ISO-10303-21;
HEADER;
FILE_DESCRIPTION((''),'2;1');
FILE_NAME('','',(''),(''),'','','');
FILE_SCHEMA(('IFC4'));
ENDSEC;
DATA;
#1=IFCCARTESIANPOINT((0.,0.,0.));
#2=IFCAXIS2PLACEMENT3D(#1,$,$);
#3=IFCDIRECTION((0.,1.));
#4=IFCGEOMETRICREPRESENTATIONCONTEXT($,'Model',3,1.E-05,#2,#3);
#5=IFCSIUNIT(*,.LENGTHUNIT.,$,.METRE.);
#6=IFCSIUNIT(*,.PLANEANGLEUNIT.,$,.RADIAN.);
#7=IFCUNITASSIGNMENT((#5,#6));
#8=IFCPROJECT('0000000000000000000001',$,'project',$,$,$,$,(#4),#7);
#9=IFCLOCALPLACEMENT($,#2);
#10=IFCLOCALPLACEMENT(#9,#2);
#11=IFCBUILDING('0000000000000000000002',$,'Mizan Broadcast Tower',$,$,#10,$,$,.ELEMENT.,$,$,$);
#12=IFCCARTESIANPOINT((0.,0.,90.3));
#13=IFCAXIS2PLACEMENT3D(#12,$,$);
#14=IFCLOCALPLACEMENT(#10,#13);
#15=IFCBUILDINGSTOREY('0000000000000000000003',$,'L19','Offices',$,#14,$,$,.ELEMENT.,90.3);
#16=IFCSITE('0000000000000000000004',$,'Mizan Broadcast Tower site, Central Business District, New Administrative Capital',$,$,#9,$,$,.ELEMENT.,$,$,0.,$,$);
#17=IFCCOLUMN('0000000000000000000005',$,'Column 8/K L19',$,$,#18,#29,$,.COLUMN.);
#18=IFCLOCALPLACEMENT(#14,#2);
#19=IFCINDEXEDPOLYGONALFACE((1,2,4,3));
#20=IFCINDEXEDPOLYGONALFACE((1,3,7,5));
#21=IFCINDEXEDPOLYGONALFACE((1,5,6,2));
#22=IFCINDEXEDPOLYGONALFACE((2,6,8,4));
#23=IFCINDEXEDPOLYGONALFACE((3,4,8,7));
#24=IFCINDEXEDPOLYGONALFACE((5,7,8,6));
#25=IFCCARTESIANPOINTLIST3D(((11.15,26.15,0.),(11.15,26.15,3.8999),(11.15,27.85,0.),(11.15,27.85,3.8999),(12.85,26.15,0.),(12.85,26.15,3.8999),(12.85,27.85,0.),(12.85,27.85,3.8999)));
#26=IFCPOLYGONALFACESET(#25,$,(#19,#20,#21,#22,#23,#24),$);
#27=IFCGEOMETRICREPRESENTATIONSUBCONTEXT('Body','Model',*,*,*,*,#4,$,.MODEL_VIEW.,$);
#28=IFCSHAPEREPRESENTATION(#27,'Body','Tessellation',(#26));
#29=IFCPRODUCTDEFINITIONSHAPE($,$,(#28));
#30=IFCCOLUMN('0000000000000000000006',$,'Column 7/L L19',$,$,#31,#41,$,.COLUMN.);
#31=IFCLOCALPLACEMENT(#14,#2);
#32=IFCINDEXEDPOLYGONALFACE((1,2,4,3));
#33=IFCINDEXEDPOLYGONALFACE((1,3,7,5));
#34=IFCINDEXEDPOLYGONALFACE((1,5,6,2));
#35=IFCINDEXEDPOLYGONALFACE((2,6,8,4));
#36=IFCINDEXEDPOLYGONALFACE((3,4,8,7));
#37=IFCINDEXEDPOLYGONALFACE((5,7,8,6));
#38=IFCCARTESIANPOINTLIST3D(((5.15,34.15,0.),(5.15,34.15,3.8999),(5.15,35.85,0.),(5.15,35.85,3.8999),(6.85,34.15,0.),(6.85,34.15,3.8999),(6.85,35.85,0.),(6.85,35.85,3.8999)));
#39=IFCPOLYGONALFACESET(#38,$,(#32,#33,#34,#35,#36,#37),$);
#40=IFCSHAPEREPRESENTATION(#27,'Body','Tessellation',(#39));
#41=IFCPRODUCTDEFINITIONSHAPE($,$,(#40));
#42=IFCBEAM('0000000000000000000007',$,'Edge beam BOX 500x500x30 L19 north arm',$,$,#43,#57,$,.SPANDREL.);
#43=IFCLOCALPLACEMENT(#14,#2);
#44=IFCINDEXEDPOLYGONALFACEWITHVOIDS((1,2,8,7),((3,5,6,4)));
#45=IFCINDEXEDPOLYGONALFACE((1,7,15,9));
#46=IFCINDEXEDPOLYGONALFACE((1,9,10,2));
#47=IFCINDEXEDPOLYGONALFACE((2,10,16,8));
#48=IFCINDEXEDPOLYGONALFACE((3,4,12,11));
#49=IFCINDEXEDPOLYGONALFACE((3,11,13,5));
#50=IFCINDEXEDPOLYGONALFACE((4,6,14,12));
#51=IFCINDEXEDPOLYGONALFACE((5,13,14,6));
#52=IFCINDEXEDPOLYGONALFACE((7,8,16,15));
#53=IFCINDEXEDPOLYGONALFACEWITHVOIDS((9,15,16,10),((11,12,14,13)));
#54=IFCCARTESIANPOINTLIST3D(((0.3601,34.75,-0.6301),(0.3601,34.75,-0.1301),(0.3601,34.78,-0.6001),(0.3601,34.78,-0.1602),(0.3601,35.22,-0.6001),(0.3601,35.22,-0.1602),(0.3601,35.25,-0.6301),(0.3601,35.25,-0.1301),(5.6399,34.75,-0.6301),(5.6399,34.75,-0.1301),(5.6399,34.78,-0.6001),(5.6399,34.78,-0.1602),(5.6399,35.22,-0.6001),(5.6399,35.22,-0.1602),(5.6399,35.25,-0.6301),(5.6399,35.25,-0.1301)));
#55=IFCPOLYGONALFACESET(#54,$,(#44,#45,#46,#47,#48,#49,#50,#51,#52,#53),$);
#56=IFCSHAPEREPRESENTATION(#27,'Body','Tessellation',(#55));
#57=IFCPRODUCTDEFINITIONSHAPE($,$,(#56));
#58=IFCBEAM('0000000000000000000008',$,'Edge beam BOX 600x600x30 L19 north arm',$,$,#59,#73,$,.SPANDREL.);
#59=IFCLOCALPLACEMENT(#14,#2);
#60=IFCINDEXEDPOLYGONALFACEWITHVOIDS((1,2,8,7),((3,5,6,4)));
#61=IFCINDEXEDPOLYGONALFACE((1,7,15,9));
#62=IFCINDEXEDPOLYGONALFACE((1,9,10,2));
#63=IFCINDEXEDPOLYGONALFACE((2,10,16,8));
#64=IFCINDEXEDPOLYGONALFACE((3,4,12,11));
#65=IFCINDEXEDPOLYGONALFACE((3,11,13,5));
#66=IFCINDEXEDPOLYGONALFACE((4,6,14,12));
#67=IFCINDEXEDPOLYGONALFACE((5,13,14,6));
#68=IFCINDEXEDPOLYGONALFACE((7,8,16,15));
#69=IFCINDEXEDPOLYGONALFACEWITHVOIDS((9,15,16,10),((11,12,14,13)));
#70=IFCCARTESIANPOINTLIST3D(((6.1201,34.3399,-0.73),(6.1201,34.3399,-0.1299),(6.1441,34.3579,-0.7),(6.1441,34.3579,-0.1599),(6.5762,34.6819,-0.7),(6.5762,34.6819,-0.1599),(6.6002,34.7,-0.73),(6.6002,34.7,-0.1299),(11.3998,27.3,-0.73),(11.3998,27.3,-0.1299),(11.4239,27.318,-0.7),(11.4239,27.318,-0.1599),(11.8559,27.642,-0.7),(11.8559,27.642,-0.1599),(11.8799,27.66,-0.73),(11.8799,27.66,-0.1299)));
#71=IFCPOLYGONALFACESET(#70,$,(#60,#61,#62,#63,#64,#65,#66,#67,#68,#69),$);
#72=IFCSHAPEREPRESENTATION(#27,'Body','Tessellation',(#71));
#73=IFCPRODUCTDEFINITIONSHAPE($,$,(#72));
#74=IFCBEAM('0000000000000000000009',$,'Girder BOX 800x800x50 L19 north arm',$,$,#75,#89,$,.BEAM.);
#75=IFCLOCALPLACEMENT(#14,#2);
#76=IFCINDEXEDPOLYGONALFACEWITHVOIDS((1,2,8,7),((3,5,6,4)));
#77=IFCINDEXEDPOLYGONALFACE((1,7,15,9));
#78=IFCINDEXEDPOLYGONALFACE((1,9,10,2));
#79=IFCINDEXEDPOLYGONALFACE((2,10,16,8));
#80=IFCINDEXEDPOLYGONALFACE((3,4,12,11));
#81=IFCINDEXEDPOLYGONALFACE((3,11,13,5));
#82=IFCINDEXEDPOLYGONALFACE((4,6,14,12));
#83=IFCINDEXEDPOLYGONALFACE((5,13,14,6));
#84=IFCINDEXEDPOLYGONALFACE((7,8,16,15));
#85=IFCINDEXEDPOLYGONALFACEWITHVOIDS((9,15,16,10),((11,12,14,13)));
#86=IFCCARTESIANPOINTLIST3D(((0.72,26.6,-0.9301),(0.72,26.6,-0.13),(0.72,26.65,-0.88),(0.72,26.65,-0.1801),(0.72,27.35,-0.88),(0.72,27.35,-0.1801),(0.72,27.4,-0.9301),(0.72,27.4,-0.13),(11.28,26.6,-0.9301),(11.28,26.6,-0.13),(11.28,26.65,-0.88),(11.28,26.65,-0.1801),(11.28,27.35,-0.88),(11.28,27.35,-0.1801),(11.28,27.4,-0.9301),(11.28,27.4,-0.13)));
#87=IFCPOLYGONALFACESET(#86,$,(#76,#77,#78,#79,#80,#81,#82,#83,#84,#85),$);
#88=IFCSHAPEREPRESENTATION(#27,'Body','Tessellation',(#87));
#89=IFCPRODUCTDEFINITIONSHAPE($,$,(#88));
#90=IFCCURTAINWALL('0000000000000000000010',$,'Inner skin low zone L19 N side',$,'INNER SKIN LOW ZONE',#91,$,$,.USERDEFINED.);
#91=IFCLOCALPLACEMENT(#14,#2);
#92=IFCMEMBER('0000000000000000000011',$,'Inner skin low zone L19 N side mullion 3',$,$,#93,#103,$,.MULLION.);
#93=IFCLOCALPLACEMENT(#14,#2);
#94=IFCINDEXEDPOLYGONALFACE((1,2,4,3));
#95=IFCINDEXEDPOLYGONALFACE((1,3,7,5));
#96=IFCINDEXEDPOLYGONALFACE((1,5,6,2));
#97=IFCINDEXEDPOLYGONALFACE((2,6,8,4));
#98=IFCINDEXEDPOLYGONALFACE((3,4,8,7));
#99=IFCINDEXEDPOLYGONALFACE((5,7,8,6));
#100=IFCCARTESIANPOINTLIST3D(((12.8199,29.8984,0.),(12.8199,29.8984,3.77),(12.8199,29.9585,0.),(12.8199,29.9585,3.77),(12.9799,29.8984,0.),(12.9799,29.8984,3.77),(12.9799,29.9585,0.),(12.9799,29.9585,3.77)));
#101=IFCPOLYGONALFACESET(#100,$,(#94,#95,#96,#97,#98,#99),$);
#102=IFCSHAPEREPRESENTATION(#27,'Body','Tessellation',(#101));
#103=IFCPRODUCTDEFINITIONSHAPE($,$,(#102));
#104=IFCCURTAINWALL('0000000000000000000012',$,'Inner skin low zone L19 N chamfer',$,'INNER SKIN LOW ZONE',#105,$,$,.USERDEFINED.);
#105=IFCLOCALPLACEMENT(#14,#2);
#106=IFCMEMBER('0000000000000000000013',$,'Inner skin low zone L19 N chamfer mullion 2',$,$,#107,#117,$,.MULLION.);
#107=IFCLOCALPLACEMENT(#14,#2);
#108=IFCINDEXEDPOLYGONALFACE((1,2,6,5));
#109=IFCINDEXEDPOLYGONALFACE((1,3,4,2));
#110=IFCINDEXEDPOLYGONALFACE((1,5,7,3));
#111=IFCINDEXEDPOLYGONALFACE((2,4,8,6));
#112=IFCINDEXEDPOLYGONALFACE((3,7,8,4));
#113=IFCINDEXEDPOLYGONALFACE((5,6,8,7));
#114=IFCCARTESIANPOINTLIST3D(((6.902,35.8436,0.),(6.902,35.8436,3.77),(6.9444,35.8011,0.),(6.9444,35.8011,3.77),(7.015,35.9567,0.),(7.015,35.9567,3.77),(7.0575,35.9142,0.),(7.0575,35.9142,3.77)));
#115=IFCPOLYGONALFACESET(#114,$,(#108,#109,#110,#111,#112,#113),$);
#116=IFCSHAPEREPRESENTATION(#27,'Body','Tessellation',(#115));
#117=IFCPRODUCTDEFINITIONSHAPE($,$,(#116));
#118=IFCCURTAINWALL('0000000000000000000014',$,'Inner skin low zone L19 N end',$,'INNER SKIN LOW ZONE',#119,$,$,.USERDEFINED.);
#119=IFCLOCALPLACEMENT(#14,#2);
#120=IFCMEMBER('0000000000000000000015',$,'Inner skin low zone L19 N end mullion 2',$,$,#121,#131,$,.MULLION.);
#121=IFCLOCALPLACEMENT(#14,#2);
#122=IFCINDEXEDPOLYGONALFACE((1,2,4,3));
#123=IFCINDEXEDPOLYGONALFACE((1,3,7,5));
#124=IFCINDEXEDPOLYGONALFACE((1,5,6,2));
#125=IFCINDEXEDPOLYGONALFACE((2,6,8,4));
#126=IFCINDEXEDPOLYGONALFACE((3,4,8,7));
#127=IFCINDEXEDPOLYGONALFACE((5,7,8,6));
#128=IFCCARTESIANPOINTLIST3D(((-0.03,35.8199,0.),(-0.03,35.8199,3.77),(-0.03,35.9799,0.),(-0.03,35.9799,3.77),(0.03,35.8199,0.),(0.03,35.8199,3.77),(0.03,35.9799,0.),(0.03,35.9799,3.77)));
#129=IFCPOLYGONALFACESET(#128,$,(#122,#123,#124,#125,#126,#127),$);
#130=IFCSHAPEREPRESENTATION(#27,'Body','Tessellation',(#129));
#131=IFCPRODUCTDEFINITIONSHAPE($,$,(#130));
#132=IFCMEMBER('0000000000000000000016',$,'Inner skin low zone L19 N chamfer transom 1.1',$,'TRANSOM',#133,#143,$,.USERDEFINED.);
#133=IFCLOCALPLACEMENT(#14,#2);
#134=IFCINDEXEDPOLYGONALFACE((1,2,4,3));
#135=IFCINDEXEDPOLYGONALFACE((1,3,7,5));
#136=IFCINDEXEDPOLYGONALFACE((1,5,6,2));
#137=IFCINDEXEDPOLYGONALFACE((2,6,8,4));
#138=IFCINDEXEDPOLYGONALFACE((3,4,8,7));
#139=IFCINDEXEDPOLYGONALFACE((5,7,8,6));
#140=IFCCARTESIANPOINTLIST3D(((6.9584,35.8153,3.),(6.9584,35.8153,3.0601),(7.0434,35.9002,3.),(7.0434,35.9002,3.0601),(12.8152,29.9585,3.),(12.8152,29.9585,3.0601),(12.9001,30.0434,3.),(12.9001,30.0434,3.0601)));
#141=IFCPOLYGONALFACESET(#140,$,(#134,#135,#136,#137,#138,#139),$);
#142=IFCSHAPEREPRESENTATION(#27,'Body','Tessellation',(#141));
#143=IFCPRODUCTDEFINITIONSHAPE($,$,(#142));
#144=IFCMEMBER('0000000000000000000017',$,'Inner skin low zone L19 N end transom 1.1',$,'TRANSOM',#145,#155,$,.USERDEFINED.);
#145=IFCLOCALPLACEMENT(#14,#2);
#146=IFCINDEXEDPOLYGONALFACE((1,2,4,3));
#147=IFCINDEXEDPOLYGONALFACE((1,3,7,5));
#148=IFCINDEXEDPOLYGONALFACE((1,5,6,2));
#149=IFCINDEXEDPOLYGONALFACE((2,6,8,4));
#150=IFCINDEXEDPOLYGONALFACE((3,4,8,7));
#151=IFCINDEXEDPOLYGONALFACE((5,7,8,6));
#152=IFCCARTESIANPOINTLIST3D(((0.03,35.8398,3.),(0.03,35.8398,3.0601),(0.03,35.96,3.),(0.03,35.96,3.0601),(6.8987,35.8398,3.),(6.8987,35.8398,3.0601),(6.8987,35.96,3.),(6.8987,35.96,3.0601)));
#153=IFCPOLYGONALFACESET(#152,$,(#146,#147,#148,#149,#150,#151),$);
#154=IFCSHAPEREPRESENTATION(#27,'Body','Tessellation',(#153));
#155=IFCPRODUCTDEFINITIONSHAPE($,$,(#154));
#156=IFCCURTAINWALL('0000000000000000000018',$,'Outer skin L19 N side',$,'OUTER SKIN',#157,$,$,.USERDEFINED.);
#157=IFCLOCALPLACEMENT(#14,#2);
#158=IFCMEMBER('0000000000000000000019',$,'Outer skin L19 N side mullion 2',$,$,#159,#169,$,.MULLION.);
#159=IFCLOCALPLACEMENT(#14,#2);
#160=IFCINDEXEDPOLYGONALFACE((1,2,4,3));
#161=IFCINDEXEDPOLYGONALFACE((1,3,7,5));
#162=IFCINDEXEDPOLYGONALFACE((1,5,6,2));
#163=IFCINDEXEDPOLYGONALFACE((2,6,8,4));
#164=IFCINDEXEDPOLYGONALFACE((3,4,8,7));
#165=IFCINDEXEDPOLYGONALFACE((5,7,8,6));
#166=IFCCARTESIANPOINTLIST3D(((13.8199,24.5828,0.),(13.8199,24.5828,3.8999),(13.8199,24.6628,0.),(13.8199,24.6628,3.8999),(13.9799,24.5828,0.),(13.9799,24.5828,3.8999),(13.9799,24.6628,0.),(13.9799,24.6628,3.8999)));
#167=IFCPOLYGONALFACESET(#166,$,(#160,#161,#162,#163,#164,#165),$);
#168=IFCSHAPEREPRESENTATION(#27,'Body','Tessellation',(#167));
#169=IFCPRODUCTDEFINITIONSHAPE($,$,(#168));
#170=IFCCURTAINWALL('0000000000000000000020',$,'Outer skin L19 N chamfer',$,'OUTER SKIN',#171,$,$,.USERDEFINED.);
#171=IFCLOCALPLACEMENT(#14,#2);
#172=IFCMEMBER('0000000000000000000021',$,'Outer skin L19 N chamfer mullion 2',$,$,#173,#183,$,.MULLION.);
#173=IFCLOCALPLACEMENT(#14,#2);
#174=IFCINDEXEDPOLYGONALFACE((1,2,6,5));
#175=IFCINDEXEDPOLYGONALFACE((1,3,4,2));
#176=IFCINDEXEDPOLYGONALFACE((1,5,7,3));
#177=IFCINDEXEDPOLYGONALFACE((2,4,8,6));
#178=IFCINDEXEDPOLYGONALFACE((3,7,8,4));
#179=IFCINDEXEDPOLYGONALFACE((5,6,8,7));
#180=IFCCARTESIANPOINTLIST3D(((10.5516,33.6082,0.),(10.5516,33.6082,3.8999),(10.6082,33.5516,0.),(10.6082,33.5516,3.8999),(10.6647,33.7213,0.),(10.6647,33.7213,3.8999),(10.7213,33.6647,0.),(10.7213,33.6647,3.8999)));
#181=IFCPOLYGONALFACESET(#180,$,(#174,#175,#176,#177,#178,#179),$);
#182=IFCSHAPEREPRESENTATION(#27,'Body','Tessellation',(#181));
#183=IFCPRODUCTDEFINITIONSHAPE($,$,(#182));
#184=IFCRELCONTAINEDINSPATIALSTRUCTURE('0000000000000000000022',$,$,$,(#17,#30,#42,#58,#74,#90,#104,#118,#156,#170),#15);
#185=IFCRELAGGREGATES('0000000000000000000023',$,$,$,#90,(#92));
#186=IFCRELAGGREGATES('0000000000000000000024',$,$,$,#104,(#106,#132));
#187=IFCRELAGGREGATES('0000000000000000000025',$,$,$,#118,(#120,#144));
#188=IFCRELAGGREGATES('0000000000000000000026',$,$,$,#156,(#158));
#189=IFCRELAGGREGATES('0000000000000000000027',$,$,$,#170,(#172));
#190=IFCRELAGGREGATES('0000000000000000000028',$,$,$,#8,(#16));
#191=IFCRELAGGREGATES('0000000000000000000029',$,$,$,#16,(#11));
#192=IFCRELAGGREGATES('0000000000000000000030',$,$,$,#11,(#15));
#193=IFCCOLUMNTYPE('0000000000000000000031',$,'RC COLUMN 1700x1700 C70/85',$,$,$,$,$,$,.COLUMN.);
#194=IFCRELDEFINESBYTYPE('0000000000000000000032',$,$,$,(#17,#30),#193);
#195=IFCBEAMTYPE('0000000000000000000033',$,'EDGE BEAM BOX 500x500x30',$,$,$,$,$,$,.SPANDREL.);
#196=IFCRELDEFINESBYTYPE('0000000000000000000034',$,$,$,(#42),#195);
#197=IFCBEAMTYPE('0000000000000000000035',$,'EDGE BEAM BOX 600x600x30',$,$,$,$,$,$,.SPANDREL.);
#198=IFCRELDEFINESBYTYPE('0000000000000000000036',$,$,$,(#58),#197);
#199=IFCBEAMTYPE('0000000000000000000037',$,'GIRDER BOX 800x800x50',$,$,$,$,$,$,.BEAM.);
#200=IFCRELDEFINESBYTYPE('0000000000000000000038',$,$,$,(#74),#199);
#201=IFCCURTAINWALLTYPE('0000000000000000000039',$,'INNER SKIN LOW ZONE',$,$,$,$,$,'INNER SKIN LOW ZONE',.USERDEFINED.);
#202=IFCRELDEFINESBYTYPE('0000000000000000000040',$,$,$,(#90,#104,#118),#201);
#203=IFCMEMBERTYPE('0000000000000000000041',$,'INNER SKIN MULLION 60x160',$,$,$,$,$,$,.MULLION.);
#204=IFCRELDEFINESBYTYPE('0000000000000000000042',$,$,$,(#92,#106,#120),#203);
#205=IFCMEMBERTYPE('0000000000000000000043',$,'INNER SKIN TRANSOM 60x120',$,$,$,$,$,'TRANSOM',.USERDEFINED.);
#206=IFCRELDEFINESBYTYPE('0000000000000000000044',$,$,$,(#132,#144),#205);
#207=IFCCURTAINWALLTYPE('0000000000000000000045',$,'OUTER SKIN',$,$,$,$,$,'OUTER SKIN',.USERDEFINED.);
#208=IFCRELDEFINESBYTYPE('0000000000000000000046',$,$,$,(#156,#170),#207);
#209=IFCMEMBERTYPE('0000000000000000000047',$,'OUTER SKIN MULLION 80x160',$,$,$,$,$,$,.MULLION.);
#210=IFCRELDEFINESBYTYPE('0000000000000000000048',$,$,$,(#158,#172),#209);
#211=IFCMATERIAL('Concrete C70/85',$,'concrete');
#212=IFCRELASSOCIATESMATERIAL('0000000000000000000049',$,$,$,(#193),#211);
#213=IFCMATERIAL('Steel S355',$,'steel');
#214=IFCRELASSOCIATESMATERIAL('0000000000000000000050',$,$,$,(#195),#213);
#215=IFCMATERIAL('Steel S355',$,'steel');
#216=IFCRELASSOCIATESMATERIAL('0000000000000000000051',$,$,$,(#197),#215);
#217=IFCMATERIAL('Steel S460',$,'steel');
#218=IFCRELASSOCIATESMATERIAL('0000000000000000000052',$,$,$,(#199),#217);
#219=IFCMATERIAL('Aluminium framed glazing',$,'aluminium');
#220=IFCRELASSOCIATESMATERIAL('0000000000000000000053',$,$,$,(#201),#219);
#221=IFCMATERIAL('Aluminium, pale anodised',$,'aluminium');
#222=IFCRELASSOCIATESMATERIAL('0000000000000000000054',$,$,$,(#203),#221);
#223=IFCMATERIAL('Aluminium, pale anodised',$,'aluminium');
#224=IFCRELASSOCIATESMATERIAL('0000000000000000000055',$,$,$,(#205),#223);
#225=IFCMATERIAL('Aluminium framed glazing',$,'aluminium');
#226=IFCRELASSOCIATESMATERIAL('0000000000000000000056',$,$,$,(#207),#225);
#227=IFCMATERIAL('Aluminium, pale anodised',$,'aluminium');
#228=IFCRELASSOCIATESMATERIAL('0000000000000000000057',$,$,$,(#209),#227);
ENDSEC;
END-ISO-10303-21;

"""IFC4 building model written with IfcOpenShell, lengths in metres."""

from ifc_helpers import new_model, si_unit, direction, frame, origin, origin_2d, place, context, subcontext, project, spatial, rectangle, hollow_rectangle, extrude, material, material_profile, profile_set, type_object, element, aggregate, save


model = new_model("IFC4")

# Units and contexts
model_context = context("Model", 3, precision=1e-05, world=origin(), true_north=direction((0.0, 1.0)))
body_context = subcontext(model_context, "Body", "Model", "MODEL_VIEW")
ifc_project = project(units=[si_unit("LENGTHUNIT", "METRE"), si_unit("PLANEANGLEUNIT", "RADIAN")], contexts=[model_context])

# Site, building, storey
site_placement = place(None, origin())
site = spatial("IfcSite", under=ifc_project, at=site_placement, Name="Mizan Broadcast Tower site, Central Business District, New Administrative Capital", CompositionType="ELEMENT", RefElevation=0.0)
building_placement = place(site_placement, origin())
building = spatial("IfcBuilding", under=site, at=building_placement, Name="Mizan Broadcast Tower", CompositionType="ELEMENT")
storey_placement = place(building_placement, frame((0.0, 0.0, 90.3)))
storey = spatial("IfcBuildingStorey", under=building, at=storey_placement, Name="L19", Description="Offices", CompositionType="ELEMENT", Elevation=90.3)

# Columns
ifc_material_1 = material(Name="Concrete C70/85", Category="concrete")
ifc_material_profile_1 = material_profile(ifc_material_1, rectangle(XDim=1.7, YDim=1.7, at=origin_2d()), Name="RC 1700x1700")
ifc_profile_set_1 = profile_set([ifc_material_profile_1], Name="Concrete C70/85")
column_type = type_object("IfcColumnType", Name="RC COLUMN 1700x1700 C70/85", PredefinedType="COLUMN", material=ifc_profile_set_1)
for number, where, z_axis, x_axis, name in (
    (1, (12.0, 27.0, 0.0), (0.0, 0.0, 1.0), (1.0, 0.0, 0.0), "Column 8/K L19"),
    (2, (6.0, 35.0, 0.0), (0.0, 0.0, 1.0), (1.0, 0.0, 0.0), "Column 7/L L19"),
):
    element("IfcColumn", number, at=place(storey_placement, frame(where, z_axis=z_axis, x_axis=x_axis)), inside=storey, type_object=column_type, Name=name, PredefinedType="COLUMN", context=body_context, shape_type="SweptSolid", body=[
        extrude(rectangle(XDim=1.7, YDim=1.7, at=origin_2d()), origin(), (0.0, 0.0, 1.0), 3.8999),
    ])

# Beams
ifc_material_2 = material(Name="Steel S355", Category="steel")
ifc_material_profile_2 = material_profile(ifc_material_2, hollow_rectangle(XDim=0.5, YDim=0.5, WallThickness=0.03, at=origin_2d()), Name="BOX 500x500x30")
ifc_profile_set_2 = profile_set([ifc_material_profile_2], Name="Steel S355")
beam_type_1 = type_object("IfcBeamType", Name="EDGE BEAM BOX 500x500x30", PredefinedType="SPANDREL", material=ifc_profile_set_2)
beam_1_placement = place(storey_placement, frame((5.6399, 35.0, -0.3801), z_axis=(-1.0, 0.0, 0.0), x_axis=(0.0, -1.0, 0.0)))
element("IfcBeam", 3, at=beam_1_placement, inside=storey, type_object=beam_type_1, Name="Edge beam BOX 500x500x30 L19 north arm", PredefinedType="SPANDREL", context=body_context, shape_type="SweptSolid", body=[
    extrude(hollow_rectangle(XDim=0.5, YDim=0.5, WallThickness=0.03, at=origin_2d()), origin(), (0.0, 0.0, 1.0), 5.2798),
])
ifc_material_3 = material(Name="Steel S355", Category="steel")
ifc_material_profile_3 = material_profile(ifc_material_3, hollow_rectangle(XDim=0.6001, YDim=0.6001, WallThickness=0.03, at=origin_2d()), Name="BOX 600x600x30")
ifc_profile_set_3 = profile_set([ifc_material_profile_3], Name="Steel S355")
beam_type_2 = type_object("IfcBeamType", Name="EDGE BEAM BOX 600x600x30", PredefinedType="SPANDREL", material=ifc_profile_set_3)
beam_2_placement = place(storey_placement, frame((11.6399, 27.48, -0.4299), z_axis=(-0.599982, 0.800013, 0.0), x_axis=(-0.800013, -0.599982, 0.0)))
element("IfcBeam", 4, at=beam_2_placement, inside=storey, type_object=beam_type_2, Name="Edge beam BOX 600x600x30 L19 north arm", PredefinedType="SPANDREL", context=body_context, shape_type="SweptSolid", body=[
    extrude(hollow_rectangle(XDim=0.6001, YDim=0.6001, WallThickness=0.03, at=origin_2d()), origin(), (0.0, 0.0, 1.0), 8.7998),
])
ifc_material_4 = material(Name="Steel S460", Category="steel")
ifc_material_profile_4 = material_profile(ifc_material_4, hollow_rectangle(XDim=0.8, YDim=0.8, WallThickness=0.05, at=origin_2d()), Name="BOX 800x800x50")
ifc_profile_set_4 = profile_set([ifc_material_profile_4], Name="Steel S460")
beam_type_3 = type_object("IfcBeamType", Name="GIRDER BOX 800x800x50", PredefinedType="BEAM", material=ifc_profile_set_4)
beam_3_placement = place(storey_placement, frame((11.28, 27.0, -0.53), z_axis=(-1.0, 0.0, 0.0), x_axis=(0.0, -1.0, 0.0)))
element("IfcBeam", 5, at=beam_3_placement, inside=storey, type_object=beam_type_3, Name="Girder BOX 800x800x50 L19 north arm", PredefinedType="BEAM", context=body_context, shape_type="SweptSolid", body=[
    extrude(hollow_rectangle(XDim=0.8, YDim=0.8, WallThickness=0.05, at=origin_2d()), origin(), (0.0, 0.0, 1.0), 10.5601),
])

# Curtain walls, members
ifc_material_5 = material(Name="Aluminium framed glazing", Category="aluminium")
curtain_wall_type_1 = type_object("IfcCurtainWallType", Name="INNER SKIN LOW ZONE", ElementType="INNER SKIN LOW ZONE", PredefinedType="USERDEFINED", material=ifc_material_5)
curtain_wall_1_placement = place(storey_placement, origin())
curtain_wall_1 = element("IfcCurtainWall", 6, at=curtain_wall_1_placement, inside=storey, type_object=curtain_wall_type_1, Name="Inner skin low zone L19 N side", ObjectType="INNER SKIN LOW ZONE", PredefinedType="USERDEFINED")
ifc_material_6 = material(Name="Aluminium, pale anodised", Category="aluminium")
ifc_material_profile_5 = material_profile(ifc_material_6, rectangle(XDim=0.1599, YDim=0.0601, at=origin_2d()), Name="MULLION 160x60")
ifc_profile_set_5 = profile_set([ifc_material_profile_5], Name="Aluminium, pale anodised")
member_type_1 = type_object("IfcMemberType", Name="INNER SKIN MULLION 60x160", PredefinedType="MULLION", material=ifc_profile_set_5)
member_1_placement = place(storey_placement, frame((12.8999, 29.9285, 0.0), z_axis=(0.0, 0.0, 1.0), x_axis=(-1.0, 0.0, 0.0)))
member_1 = element("IfcMember", 7, at=member_1_placement, type_object=member_type_1, Name="Inner skin low zone L19 N side mullion 3", PredefinedType="MULLION", context=body_context, shape_type="SweptSolid", body=[
    extrude(rectangle(XDim=0.1599, YDim=0.0601, at=origin_2d()), origin(), (0.0, 0.0, 1.0), 3.77),
])
curtain_wall_2_placement = place(storey_placement, origin())
curtain_wall_2 = element("IfcCurtainWall", 8, at=curtain_wall_2_placement, inside=storey, type_object=curtain_wall_type_1, Name="Inner skin low zone L19 N chamfer", ObjectType="INNER SKIN LOW ZONE", PredefinedType="USERDEFINED")
member_2_placement = place(storey_placement, frame((6.9797, 35.8789, 0.0), z_axis=(0.0, 0.0, 1.0), x_axis=(-0.707107, -0.707107, 0.0)))
member_2 = element("IfcMember", 9, at=member_2_placement, type_object=member_type_1, Name="Inner skin low zone L19 N chamfer mullion 2", PredefinedType="MULLION", context=body_context, shape_type="SweptSolid", body=[
    extrude(rectangle(XDim=0.1599, YDim=0.0601, at=origin_2d()), origin(), (0.0, 0.0, 1.0), 3.77),
])
curtain_wall_3_placement = place(storey_placement, origin())
curtain_wall_3 = element("IfcCurtainWall", 10, at=curtain_wall_3_placement, inside=storey, type_object=curtain_wall_type_1, Name="Inner skin low zone L19 N end", ObjectType="INNER SKIN LOW ZONE", PredefinedType="USERDEFINED")
member_3_placement = place(storey_placement, frame((0.0, 35.8999, 0.0), z_axis=(0.0, 0.0, 1.0), x_axis=(0.0, -1.0, 0.0)))
member_3 = element("IfcMember", 11, at=member_3_placement, type_object=member_type_1, Name="Inner skin low zone L19 N end mullion 2", PredefinedType="MULLION", context=body_context, shape_type="SweptSolid", body=[
    extrude(rectangle(XDim=0.1599, YDim=0.0601, at=origin_2d()), origin(), (0.0, 0.0, 1.0), 3.77),
])

# Members
ifc_material_7 = material(Name="Aluminium, pale anodised", Category="aluminium")
ifc_material_profile_6 = material_profile(ifc_material_7, rectangle(XDim=0.1201, YDim=0.0601, at=origin_2d()), Name="TRANSOM 120x60")
ifc_profile_set_6 = profile_set([ifc_material_profile_6], Name="Aluminium, pale anodised")
member_type_2 = type_object("IfcMemberType", Name="INNER SKIN TRANSOM 60x120", ElementType="TRANSOM", PredefinedType="USERDEFINED", material=ifc_profile_set_6)
member_4_placement = place(storey_placement, frame((12.8577, 30.001, 3.03), z_axis=(-0.707107, 0.707107, 0.0), x_axis=(-0.707107, -0.707107, 0.0)))
member_4 = element("IfcMember", 12, at=member_4_placement, type_object=member_type_2, Name="Inner skin low zone L19 N chamfer transom 1.1", ObjectType="TRANSOM", PredefinedType="USERDEFINED", context=body_context, shape_type="SweptSolid", body=[
    extrude(rectangle(XDim=0.1201, YDim=0.0601, at=origin_2d()), origin(), (0.0, 0.0, 1.0), 8.2827),
])
member_5_placement = place(storey_placement, frame((6.8987, 35.8999, 3.03), z_axis=(-1.0, 0.0, 0.0), x_axis=(0.0, -1.0, 0.0)))
member_5 = element("IfcMember", 13, at=member_5_placement, type_object=member_type_2, Name="Inner skin low zone L19 N end transom 1.1", ObjectType="TRANSOM", PredefinedType="USERDEFINED", context=body_context, shape_type="SweptSolid", body=[
    extrude(rectangle(XDim=0.1201, YDim=0.0601, at=origin_2d()), origin(), (0.0, 0.0, 1.0), 6.8687),
])

# Curtain wall, member
ifc_material_8 = material(Name="Aluminium framed glazing", Category="aluminium")
curtain_wall_type_2 = type_object("IfcCurtainWallType", Name="OUTER SKIN", ElementType="OUTER SKIN", PredefinedType="USERDEFINED", material=ifc_material_8)
curtain_wall_4_placement = place(storey_placement, origin())
curtain_wall_4 = element("IfcCurtainWall", 14, at=curtain_wall_4_placement, inside=storey, type_object=curtain_wall_type_2, Name="Outer skin L19 N side", ObjectType="OUTER SKIN", PredefinedType="USERDEFINED")
ifc_material_9 = material(Name="Aluminium, pale anodised", Category="aluminium")
ifc_material_profile_7 = material_profile(ifc_material_9, rectangle(XDim=0.1599, YDim=0.0801, at=origin_2d()), Name="MULLION 160x80")
ifc_profile_set_7 = profile_set([ifc_material_profile_7], Name="Aluminium, pale anodised")
member_type_3 = type_object("IfcMemberType", Name="OUTER SKIN MULLION 80x160", PredefinedType="MULLION", material=ifc_profile_set_7)
member_6_placement = place(storey_placement, frame((13.8999, 24.6228, 0.0), z_axis=(0.0, 0.0, 1.0), x_axis=(-1.0, 0.0, 0.0)))
member_6 = element("IfcMember", 15, at=member_6_placement, type_object=member_type_3, Name="Outer skin L19 N side mullion 2", PredefinedType="MULLION", context=body_context, shape_type="SweptSolid", body=[
    extrude(rectangle(XDim=0.1599, YDim=0.0801, at=origin_2d()), origin(), (0.0, 0.0, 1.0), 3.8999),
])

# Curtain wall, member
curtain_wall_5_placement = place(storey_placement, origin())
curtain_wall_5 = element("IfcCurtainWall", 16, at=curtain_wall_5_placement, inside=storey, type_object=curtain_wall_type_2, Name="Outer skin L19 N chamfer", ObjectType="OUTER SKIN", PredefinedType="USERDEFINED")
member_7_placement = place(storey_placement, frame((10.6365, 33.6365, 0.0), z_axis=(0.0, 0.0, 1.0), x_axis=(-0.707107, -0.707107, 0.0)))
member_7 = element("IfcMember", 17, at=member_7_placement, type_object=member_type_3, Name="Outer skin L19 N chamfer mullion 2", PredefinedType="MULLION", context=body_context, shape_type="SweptSolid", body=[
    extrude(rectangle(XDim=0.1599, YDim=0.0801, at=origin_2d()), origin(), (0.0, 0.0, 1.0), 3.8999),
])

aggregate(curtain_wall_1, [member_1])
aggregate(curtain_wall_2, [member_2, member_4])
aggregate(curtain_wall_3, [member_3, member_5])
aggregate(curtain_wall_4, [member_6])
aggregate(curtain_wall_5, [member_7])

save(model, "model.ifc")
